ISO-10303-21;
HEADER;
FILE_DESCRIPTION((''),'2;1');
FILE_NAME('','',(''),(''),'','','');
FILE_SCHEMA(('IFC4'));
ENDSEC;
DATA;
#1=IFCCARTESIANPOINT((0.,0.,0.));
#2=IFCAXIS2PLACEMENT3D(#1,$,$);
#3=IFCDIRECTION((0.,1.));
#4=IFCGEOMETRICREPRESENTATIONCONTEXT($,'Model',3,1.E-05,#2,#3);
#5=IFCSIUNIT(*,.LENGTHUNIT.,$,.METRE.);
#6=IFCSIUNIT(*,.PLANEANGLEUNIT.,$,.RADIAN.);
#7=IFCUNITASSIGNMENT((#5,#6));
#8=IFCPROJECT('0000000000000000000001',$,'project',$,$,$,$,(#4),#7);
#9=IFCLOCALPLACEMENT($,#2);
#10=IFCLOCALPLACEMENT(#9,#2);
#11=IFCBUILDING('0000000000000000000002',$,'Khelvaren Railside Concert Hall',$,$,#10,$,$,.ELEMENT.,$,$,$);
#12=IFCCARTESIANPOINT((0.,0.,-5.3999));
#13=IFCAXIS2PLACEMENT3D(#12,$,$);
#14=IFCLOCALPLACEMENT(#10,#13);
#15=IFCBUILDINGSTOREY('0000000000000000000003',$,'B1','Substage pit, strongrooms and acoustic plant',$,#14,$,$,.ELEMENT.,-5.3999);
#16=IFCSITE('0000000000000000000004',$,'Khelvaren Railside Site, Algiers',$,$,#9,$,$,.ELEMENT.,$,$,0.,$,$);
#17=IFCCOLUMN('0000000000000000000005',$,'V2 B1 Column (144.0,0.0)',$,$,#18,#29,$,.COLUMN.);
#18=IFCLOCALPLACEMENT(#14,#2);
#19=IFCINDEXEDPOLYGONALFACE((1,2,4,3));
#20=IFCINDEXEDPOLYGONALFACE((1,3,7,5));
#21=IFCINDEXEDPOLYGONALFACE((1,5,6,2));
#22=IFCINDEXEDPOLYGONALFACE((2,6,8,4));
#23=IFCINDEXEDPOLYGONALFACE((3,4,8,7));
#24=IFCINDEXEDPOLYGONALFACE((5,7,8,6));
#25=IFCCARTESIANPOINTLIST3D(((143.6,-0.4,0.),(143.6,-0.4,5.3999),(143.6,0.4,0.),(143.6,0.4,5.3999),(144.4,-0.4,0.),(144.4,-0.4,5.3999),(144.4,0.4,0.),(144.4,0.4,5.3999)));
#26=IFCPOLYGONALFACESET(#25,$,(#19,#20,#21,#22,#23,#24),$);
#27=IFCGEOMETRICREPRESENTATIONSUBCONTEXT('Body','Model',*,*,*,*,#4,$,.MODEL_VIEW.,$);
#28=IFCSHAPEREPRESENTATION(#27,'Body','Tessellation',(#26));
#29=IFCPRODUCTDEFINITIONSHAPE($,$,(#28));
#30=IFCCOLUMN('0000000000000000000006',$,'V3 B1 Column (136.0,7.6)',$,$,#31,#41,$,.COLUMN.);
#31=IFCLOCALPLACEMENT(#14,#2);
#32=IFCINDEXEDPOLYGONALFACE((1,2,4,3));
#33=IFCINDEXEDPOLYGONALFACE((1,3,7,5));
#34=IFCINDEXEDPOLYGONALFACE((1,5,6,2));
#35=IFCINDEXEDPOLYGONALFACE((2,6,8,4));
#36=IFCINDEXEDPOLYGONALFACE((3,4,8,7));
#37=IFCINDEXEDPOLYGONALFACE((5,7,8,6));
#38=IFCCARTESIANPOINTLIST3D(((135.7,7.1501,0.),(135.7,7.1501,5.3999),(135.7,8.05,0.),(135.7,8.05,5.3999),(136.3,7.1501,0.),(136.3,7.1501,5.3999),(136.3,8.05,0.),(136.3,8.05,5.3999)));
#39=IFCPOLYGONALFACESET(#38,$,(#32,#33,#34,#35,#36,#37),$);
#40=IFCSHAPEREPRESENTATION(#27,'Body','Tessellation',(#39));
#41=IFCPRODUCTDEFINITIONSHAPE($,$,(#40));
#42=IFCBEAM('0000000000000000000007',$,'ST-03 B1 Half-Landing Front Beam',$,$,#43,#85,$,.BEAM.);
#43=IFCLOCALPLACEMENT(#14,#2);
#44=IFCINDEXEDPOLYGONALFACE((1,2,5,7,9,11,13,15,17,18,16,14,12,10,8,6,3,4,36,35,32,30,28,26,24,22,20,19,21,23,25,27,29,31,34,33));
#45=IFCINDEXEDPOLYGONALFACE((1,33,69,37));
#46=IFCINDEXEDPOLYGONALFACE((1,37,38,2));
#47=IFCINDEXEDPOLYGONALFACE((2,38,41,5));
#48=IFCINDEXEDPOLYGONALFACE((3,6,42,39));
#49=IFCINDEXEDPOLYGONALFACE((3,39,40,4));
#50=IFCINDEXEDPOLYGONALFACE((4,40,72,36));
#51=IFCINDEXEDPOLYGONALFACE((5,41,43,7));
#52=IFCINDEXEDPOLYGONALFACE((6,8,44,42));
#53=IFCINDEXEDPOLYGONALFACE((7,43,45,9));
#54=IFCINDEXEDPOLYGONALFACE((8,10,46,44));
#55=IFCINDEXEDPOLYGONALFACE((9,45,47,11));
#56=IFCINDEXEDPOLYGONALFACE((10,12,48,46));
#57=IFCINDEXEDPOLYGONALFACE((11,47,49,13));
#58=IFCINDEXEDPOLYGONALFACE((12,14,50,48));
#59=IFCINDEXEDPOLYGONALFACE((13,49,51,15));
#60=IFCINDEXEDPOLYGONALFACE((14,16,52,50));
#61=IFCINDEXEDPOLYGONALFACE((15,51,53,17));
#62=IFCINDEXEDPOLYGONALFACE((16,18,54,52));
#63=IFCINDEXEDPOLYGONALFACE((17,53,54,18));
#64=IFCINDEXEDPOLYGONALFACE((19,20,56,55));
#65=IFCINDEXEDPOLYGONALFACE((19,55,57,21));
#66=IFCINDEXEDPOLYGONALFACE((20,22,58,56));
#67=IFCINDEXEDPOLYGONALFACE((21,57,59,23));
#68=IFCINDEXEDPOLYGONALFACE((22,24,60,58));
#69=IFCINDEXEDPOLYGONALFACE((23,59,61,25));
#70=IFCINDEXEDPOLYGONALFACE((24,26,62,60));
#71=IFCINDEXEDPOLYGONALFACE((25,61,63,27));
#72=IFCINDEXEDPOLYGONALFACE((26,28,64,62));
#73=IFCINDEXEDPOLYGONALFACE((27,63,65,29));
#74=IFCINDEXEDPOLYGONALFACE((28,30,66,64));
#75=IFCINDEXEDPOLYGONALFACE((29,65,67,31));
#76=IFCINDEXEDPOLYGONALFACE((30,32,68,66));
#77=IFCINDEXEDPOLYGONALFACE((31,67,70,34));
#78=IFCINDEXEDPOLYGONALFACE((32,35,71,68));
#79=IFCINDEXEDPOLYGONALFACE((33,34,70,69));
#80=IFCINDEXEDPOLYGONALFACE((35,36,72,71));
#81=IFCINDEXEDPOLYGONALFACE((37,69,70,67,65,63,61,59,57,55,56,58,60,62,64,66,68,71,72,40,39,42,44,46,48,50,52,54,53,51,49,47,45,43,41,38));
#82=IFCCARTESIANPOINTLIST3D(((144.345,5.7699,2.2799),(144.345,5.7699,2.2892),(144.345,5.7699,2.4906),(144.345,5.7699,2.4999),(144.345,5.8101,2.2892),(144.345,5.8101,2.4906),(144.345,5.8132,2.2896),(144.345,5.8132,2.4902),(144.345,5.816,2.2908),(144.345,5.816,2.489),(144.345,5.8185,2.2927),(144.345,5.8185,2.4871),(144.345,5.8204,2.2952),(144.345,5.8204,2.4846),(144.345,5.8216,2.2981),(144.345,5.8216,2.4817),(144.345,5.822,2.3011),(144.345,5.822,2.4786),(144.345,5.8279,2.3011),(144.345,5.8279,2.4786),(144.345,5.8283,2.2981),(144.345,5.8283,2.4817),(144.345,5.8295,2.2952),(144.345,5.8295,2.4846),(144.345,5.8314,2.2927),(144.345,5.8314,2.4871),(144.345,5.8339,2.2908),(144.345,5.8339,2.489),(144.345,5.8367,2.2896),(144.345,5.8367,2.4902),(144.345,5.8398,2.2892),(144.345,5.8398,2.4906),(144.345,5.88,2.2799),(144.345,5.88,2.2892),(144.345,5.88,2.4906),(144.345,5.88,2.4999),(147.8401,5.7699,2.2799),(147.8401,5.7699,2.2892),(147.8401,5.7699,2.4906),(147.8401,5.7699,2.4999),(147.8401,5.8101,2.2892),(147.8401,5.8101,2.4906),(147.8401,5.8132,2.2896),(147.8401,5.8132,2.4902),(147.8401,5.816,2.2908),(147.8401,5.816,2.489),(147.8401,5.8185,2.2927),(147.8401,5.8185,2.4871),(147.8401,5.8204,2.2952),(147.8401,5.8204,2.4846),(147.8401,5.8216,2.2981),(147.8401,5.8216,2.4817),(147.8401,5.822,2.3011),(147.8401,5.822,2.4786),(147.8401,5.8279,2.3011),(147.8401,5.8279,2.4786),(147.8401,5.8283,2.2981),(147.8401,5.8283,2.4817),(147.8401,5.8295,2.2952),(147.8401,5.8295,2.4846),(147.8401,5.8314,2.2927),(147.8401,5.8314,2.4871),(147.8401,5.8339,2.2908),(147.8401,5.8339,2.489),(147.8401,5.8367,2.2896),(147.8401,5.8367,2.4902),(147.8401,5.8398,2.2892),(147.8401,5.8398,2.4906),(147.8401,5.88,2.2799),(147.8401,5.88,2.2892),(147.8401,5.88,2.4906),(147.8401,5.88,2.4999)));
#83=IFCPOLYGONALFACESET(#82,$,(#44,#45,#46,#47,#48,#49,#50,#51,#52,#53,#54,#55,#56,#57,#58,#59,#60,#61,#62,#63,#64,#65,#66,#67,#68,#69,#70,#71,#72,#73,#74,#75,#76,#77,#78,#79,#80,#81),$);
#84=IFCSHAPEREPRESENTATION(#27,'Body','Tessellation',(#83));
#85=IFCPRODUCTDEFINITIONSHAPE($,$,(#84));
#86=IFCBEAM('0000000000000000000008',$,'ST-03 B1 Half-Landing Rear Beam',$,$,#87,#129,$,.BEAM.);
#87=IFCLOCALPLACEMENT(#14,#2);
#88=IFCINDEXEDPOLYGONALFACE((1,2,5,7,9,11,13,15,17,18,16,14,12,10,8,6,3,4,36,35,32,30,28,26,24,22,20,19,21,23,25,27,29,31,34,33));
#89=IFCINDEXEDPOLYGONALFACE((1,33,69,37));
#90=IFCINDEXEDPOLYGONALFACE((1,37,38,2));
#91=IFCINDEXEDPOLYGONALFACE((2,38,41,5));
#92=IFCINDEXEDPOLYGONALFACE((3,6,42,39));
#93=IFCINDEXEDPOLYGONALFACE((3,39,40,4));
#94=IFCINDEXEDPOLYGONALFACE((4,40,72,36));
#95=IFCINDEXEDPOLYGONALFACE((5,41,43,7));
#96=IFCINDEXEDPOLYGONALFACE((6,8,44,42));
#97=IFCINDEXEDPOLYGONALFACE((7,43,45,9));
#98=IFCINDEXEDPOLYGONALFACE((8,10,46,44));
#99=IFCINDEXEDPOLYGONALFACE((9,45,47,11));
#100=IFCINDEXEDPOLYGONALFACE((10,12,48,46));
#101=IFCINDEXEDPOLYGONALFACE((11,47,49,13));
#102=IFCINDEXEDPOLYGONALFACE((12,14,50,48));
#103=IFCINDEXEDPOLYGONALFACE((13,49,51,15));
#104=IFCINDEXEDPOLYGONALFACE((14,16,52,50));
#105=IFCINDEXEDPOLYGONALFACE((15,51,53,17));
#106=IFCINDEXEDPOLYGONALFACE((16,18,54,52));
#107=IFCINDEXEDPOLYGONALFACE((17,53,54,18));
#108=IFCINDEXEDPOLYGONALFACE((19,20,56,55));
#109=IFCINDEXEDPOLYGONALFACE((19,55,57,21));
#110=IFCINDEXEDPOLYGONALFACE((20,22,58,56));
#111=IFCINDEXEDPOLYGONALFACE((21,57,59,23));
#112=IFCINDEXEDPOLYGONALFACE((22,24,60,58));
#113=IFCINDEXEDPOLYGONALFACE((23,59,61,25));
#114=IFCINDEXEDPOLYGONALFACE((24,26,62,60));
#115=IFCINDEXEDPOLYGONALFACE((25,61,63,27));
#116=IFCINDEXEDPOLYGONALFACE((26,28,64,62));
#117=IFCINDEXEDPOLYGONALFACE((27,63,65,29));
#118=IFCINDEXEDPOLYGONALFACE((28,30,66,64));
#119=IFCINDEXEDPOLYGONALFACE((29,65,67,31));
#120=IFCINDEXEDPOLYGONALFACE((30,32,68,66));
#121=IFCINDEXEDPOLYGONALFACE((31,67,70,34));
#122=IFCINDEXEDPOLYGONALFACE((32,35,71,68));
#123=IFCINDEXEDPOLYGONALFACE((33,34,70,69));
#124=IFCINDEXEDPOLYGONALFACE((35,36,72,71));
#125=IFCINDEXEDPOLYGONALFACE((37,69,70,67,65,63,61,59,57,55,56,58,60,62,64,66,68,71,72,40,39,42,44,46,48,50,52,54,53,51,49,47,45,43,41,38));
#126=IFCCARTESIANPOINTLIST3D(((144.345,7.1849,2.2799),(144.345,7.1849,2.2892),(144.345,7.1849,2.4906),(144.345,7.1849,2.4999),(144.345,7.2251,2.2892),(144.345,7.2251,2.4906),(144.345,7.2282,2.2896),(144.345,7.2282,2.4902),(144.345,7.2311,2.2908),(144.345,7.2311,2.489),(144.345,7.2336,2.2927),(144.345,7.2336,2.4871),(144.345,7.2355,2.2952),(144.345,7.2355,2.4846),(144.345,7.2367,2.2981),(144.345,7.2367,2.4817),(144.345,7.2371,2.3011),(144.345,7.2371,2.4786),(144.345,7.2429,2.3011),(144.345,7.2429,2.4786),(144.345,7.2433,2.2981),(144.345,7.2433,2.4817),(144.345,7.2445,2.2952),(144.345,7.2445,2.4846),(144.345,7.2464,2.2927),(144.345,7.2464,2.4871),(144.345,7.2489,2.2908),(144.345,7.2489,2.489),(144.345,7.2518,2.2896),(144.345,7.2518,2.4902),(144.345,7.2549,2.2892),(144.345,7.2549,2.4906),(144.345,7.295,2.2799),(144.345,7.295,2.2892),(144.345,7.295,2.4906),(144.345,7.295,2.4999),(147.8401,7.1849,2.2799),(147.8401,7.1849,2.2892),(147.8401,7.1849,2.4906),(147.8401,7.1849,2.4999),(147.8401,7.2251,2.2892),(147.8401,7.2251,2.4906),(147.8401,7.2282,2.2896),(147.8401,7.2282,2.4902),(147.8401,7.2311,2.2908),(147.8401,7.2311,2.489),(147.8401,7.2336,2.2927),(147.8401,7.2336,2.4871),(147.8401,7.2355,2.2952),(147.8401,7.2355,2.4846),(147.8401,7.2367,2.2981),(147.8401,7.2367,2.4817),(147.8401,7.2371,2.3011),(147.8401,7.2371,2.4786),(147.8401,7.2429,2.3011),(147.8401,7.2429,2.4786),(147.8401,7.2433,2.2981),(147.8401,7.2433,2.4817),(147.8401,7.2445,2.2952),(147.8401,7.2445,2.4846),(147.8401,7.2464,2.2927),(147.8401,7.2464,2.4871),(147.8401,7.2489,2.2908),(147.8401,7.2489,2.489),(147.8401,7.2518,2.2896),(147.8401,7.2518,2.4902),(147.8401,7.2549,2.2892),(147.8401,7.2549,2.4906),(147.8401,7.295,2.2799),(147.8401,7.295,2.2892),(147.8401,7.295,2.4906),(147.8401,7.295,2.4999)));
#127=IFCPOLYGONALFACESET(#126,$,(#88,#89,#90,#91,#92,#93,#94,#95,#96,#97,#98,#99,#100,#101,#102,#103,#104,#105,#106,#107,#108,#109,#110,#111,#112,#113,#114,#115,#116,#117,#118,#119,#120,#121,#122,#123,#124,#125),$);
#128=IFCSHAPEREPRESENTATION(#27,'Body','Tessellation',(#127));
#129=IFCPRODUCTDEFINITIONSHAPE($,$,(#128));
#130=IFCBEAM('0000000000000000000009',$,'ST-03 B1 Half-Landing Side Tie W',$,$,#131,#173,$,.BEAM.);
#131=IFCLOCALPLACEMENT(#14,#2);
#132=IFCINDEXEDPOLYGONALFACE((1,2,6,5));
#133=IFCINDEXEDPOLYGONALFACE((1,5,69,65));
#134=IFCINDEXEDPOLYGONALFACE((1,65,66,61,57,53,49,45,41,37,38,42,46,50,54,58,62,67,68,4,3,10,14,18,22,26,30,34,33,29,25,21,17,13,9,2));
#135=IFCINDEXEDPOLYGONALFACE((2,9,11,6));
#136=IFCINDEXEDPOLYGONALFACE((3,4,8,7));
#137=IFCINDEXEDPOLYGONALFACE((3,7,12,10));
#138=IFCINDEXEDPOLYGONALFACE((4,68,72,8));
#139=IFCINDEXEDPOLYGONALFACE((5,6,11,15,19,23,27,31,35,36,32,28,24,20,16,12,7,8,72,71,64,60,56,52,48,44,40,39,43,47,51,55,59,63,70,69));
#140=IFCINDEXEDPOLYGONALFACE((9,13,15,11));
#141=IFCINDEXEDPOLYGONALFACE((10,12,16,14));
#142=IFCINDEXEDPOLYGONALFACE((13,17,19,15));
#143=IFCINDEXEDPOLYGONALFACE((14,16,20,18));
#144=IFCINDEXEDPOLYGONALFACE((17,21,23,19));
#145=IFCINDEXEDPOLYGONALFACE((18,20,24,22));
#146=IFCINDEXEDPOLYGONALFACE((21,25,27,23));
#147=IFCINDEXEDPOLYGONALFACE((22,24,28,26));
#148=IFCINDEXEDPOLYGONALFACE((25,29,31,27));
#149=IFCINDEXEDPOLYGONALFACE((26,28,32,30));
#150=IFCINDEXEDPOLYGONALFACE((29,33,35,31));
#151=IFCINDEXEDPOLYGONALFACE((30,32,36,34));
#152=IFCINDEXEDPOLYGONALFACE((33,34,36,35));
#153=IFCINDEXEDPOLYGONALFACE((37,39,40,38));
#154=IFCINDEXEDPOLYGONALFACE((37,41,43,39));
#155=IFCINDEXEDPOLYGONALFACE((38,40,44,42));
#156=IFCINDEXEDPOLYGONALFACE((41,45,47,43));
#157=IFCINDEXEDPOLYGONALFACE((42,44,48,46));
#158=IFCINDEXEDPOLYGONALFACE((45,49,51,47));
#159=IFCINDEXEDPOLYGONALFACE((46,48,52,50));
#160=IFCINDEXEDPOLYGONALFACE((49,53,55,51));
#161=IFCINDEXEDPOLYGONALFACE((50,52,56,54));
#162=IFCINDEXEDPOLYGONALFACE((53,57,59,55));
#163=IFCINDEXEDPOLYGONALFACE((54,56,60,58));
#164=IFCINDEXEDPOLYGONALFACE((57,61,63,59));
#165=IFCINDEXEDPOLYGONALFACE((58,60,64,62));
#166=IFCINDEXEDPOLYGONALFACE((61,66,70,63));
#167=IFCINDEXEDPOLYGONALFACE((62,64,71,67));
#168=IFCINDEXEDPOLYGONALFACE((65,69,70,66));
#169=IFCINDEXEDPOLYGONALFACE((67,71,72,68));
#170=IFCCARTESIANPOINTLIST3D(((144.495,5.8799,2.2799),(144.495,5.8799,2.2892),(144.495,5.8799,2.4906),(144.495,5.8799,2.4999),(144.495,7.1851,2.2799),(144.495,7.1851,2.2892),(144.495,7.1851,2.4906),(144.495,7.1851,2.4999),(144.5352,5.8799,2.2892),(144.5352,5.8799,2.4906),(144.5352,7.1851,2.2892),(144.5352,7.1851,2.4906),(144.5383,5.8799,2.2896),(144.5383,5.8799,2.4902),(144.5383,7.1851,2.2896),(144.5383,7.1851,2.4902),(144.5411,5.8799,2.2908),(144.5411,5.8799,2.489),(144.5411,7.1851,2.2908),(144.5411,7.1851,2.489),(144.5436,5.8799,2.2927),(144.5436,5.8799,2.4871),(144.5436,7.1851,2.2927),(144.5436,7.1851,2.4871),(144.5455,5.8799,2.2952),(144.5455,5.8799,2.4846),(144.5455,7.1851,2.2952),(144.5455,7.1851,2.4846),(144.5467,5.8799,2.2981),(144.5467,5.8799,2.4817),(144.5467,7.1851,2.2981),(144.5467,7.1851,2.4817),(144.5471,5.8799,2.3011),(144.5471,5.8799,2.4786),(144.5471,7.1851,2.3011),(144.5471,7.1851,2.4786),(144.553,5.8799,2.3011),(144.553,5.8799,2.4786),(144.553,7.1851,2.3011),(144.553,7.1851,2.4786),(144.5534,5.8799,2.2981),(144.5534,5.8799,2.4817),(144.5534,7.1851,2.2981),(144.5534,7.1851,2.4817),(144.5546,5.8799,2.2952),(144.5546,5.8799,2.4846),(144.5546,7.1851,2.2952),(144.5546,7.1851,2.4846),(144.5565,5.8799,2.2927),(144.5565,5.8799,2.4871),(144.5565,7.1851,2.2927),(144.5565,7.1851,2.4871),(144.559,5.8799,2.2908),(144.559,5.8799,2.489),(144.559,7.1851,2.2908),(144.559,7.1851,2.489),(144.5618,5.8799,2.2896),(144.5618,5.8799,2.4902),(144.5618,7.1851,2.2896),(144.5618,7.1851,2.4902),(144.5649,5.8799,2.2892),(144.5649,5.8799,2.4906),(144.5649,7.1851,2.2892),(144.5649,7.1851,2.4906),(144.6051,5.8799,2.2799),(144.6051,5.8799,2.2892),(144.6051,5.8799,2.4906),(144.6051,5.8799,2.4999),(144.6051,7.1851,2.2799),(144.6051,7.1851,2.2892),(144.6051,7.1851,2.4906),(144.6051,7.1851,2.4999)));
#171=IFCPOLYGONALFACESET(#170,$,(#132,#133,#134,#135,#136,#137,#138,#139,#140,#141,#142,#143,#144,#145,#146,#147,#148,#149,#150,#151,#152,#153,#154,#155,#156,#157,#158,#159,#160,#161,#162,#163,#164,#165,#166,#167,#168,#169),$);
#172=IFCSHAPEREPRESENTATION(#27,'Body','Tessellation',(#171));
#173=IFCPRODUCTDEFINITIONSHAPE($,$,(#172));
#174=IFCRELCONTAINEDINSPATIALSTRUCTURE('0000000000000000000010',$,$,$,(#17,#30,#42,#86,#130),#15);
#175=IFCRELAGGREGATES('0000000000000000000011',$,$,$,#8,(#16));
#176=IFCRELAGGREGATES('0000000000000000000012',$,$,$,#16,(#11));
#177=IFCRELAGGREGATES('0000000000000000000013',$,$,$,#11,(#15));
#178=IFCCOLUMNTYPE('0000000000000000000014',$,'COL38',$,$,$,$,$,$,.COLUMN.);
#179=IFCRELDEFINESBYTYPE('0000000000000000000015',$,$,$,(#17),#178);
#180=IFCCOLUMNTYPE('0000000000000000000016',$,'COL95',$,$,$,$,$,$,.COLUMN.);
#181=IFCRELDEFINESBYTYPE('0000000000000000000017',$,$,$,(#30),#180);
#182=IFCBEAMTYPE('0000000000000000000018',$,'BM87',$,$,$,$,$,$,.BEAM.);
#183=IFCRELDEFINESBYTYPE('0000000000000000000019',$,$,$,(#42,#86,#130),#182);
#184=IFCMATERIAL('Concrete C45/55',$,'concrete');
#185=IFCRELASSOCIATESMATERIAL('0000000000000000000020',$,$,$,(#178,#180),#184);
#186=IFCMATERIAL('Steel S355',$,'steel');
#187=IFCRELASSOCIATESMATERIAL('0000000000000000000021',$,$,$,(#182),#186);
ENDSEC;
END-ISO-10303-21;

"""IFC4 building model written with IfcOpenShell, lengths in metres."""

from ifc_helpers import new_model, si_unit, direction, frame, origin, origin_2d, place, context, subcontext, project, spatial, rectangle, i_section, extrude, material, material_profile, profile_set, type_object, element, save


model = new_model("IFC4")

# Units and contexts
model_context = context("Model", 3, precision=1e-05, world=origin(), true_north=direction((0.0, 1.0)))
body_context = subcontext(model_context, "Body", "Model", "MODEL_VIEW")
ifc_project = project(units=[si_unit("LENGTHUNIT", "METRE"), si_unit("PLANEANGLEUNIT", "RADIAN")], contexts=[model_context])

# Site, building, storey
site_placement = place(None, origin())
site = spatial("IfcSite", under=ifc_project, at=site_placement, Name="Khelvaren Railside Site, Algiers", CompositionType="ELEMENT", RefElevation=0.0)
building_placement = place(site_placement, origin())
building = spatial("IfcBuilding", under=site, at=building_placement, Name="Khelvaren Railside Concert Hall", CompositionType="ELEMENT")
storey_placement = place(building_placement, frame((0.0, 0.0, -5.3999)))
storey = spatial("IfcBuildingStorey", under=building, at=storey_placement, Name="B1", Description="Substage pit, strongrooms and acoustic plant", CompositionType="ELEMENT", Elevation=-5.3999)

# Columns
ifc_material_1 = material(Name="Concrete C45/55", Category="concrete")
ifc_material_profile_1 = material_profile(ifc_material_1, rectangle(XDim=0.8, YDim=0.8, at=origin_2d()), Name="RC 800x800")
ifc_profile_set_1 = profile_set([ifc_material_profile_1], Name="Concrete C45/55")
column_type_1 = type_object("IfcColumnType", Name="COL38", PredefinedType="COLUMN", material=ifc_profile_set_1)
column_1_placement = place(storey_placement, frame((144.0, 0.0, 0.0), z_axis=(0.0, 0.0, 1.0), x_axis=(1.0, 0.0, 0.0)))
element("IfcColumn", 1, at=column_1_placement, inside=storey, type_object=column_type_1, Name="V2 B1 Column (144.0,0.0)", PredefinedType="COLUMN", context=body_context, shape_type="SweptSolid", body=[
    extrude(rectangle(XDim=0.8, YDim=0.8, at=origin_2d()), origin(), (0.0, 0.0, 1.0), 5.3999),
])
ifc_material_profile_2 = material_profile(ifc_material_1, rectangle(XDim=0.6001, YDim=0.8999, at=origin_2d()), Name="RC 600x900")
ifc_profile_set_2 = profile_set([ifc_material_profile_2], Name="Concrete C45/55")
column_type_2 = type_object("IfcColumnType", Name="COL95", PredefinedType="COLUMN", material=ifc_profile_set_2)
column_2_placement = place(storey_placement, frame((136.0, 7.6001, 0.0), z_axis=(0.0, 0.0, 1.0), x_axis=(1.0, 0.0, 0.0)))
element("IfcColumn", 2, at=column_2_placement, inside=storey, type_object=column_type_2, Name="V3 B1 Column (136.0,7.6)", PredefinedType="COLUMN", context=body_context, shape_type="SweptSolid", body=[
    extrude(rectangle(XDim=0.6001, YDim=0.8999, at=origin_2d()), origin(), (0.0, 0.0, 1.0), 5.3999),
])

# Beams
ifc_material_2 = material(Name="Steel S355", Category="steel")
ifc_material_profile_3 = material_profile(ifc_material_2, i_section(OverallWidth=0.1101, OverallDepth=0.22, WebThickness=0.0059, FlangeThickness=0.0093, FilletRadius=0.012, at=origin_2d()), Name="IPE 220")
ifc_profile_set_3 = profile_set([ifc_material_profile_3], Name="Steel S355")
beam_type_1 = type_object("IfcBeamType", Name="BM87", PredefinedType="BEAM", material=ifc_profile_set_3)
for number, where, z_axis, x_axis, name in (
    (3, (144.345, 5.825, 2.3899), (1.0, 0.0, 0.0), (0.0, 1.0, 0.0), "ST-03 B1 Half-Landing Front Beam"),
    (4, (144.345, 7.24, 2.3899), (1.0, 0.0, 0.0), (0.0, 1.0, 0.0), "ST-03 B1 Half-Landing Rear Beam"),
):
    element("IfcBeam", number, at=place(storey_placement, frame(where, z_axis=z_axis, x_axis=x_axis)), inside=storey, type_object=beam_type_1, Name=name, PredefinedType="BEAM", context=body_context, shape_type="SweptSolid", body=[
        extrude(i_section(OverallWidth=0.1101, OverallDepth=0.22, WebThickness=0.0059, FlangeThickness=0.0093, FilletRadius=0.012, at=origin_2d()), origin(), (0.0, 0.0, 1.0), 3.4951),
    ])
beam_1_placement = place(storey_placement, frame((144.55, 5.8799, 2.3899), z_axis=(0.0, 1.0, 0.0), x_axis=(-1.0, 0.0, 0.0)))
element("IfcBeam", 5, at=beam_1_placement, inside=storey, type_object=beam_type_1, Name="ST-03 B1 Half-Landing Side Tie W", PredefinedType="BEAM", context=body_context, shape_type="SweptSolid", body=[
    extrude(i_section(OverallWidth=0.1101, OverallDepth=0.22, WebThickness=0.0059, FlangeThickness=0.0093, FilletRadius=0.012, at=origin_2d()), origin(), (0.0, 0.0, 1.0), 1.3052),
])

save(model, "model.ifc")
